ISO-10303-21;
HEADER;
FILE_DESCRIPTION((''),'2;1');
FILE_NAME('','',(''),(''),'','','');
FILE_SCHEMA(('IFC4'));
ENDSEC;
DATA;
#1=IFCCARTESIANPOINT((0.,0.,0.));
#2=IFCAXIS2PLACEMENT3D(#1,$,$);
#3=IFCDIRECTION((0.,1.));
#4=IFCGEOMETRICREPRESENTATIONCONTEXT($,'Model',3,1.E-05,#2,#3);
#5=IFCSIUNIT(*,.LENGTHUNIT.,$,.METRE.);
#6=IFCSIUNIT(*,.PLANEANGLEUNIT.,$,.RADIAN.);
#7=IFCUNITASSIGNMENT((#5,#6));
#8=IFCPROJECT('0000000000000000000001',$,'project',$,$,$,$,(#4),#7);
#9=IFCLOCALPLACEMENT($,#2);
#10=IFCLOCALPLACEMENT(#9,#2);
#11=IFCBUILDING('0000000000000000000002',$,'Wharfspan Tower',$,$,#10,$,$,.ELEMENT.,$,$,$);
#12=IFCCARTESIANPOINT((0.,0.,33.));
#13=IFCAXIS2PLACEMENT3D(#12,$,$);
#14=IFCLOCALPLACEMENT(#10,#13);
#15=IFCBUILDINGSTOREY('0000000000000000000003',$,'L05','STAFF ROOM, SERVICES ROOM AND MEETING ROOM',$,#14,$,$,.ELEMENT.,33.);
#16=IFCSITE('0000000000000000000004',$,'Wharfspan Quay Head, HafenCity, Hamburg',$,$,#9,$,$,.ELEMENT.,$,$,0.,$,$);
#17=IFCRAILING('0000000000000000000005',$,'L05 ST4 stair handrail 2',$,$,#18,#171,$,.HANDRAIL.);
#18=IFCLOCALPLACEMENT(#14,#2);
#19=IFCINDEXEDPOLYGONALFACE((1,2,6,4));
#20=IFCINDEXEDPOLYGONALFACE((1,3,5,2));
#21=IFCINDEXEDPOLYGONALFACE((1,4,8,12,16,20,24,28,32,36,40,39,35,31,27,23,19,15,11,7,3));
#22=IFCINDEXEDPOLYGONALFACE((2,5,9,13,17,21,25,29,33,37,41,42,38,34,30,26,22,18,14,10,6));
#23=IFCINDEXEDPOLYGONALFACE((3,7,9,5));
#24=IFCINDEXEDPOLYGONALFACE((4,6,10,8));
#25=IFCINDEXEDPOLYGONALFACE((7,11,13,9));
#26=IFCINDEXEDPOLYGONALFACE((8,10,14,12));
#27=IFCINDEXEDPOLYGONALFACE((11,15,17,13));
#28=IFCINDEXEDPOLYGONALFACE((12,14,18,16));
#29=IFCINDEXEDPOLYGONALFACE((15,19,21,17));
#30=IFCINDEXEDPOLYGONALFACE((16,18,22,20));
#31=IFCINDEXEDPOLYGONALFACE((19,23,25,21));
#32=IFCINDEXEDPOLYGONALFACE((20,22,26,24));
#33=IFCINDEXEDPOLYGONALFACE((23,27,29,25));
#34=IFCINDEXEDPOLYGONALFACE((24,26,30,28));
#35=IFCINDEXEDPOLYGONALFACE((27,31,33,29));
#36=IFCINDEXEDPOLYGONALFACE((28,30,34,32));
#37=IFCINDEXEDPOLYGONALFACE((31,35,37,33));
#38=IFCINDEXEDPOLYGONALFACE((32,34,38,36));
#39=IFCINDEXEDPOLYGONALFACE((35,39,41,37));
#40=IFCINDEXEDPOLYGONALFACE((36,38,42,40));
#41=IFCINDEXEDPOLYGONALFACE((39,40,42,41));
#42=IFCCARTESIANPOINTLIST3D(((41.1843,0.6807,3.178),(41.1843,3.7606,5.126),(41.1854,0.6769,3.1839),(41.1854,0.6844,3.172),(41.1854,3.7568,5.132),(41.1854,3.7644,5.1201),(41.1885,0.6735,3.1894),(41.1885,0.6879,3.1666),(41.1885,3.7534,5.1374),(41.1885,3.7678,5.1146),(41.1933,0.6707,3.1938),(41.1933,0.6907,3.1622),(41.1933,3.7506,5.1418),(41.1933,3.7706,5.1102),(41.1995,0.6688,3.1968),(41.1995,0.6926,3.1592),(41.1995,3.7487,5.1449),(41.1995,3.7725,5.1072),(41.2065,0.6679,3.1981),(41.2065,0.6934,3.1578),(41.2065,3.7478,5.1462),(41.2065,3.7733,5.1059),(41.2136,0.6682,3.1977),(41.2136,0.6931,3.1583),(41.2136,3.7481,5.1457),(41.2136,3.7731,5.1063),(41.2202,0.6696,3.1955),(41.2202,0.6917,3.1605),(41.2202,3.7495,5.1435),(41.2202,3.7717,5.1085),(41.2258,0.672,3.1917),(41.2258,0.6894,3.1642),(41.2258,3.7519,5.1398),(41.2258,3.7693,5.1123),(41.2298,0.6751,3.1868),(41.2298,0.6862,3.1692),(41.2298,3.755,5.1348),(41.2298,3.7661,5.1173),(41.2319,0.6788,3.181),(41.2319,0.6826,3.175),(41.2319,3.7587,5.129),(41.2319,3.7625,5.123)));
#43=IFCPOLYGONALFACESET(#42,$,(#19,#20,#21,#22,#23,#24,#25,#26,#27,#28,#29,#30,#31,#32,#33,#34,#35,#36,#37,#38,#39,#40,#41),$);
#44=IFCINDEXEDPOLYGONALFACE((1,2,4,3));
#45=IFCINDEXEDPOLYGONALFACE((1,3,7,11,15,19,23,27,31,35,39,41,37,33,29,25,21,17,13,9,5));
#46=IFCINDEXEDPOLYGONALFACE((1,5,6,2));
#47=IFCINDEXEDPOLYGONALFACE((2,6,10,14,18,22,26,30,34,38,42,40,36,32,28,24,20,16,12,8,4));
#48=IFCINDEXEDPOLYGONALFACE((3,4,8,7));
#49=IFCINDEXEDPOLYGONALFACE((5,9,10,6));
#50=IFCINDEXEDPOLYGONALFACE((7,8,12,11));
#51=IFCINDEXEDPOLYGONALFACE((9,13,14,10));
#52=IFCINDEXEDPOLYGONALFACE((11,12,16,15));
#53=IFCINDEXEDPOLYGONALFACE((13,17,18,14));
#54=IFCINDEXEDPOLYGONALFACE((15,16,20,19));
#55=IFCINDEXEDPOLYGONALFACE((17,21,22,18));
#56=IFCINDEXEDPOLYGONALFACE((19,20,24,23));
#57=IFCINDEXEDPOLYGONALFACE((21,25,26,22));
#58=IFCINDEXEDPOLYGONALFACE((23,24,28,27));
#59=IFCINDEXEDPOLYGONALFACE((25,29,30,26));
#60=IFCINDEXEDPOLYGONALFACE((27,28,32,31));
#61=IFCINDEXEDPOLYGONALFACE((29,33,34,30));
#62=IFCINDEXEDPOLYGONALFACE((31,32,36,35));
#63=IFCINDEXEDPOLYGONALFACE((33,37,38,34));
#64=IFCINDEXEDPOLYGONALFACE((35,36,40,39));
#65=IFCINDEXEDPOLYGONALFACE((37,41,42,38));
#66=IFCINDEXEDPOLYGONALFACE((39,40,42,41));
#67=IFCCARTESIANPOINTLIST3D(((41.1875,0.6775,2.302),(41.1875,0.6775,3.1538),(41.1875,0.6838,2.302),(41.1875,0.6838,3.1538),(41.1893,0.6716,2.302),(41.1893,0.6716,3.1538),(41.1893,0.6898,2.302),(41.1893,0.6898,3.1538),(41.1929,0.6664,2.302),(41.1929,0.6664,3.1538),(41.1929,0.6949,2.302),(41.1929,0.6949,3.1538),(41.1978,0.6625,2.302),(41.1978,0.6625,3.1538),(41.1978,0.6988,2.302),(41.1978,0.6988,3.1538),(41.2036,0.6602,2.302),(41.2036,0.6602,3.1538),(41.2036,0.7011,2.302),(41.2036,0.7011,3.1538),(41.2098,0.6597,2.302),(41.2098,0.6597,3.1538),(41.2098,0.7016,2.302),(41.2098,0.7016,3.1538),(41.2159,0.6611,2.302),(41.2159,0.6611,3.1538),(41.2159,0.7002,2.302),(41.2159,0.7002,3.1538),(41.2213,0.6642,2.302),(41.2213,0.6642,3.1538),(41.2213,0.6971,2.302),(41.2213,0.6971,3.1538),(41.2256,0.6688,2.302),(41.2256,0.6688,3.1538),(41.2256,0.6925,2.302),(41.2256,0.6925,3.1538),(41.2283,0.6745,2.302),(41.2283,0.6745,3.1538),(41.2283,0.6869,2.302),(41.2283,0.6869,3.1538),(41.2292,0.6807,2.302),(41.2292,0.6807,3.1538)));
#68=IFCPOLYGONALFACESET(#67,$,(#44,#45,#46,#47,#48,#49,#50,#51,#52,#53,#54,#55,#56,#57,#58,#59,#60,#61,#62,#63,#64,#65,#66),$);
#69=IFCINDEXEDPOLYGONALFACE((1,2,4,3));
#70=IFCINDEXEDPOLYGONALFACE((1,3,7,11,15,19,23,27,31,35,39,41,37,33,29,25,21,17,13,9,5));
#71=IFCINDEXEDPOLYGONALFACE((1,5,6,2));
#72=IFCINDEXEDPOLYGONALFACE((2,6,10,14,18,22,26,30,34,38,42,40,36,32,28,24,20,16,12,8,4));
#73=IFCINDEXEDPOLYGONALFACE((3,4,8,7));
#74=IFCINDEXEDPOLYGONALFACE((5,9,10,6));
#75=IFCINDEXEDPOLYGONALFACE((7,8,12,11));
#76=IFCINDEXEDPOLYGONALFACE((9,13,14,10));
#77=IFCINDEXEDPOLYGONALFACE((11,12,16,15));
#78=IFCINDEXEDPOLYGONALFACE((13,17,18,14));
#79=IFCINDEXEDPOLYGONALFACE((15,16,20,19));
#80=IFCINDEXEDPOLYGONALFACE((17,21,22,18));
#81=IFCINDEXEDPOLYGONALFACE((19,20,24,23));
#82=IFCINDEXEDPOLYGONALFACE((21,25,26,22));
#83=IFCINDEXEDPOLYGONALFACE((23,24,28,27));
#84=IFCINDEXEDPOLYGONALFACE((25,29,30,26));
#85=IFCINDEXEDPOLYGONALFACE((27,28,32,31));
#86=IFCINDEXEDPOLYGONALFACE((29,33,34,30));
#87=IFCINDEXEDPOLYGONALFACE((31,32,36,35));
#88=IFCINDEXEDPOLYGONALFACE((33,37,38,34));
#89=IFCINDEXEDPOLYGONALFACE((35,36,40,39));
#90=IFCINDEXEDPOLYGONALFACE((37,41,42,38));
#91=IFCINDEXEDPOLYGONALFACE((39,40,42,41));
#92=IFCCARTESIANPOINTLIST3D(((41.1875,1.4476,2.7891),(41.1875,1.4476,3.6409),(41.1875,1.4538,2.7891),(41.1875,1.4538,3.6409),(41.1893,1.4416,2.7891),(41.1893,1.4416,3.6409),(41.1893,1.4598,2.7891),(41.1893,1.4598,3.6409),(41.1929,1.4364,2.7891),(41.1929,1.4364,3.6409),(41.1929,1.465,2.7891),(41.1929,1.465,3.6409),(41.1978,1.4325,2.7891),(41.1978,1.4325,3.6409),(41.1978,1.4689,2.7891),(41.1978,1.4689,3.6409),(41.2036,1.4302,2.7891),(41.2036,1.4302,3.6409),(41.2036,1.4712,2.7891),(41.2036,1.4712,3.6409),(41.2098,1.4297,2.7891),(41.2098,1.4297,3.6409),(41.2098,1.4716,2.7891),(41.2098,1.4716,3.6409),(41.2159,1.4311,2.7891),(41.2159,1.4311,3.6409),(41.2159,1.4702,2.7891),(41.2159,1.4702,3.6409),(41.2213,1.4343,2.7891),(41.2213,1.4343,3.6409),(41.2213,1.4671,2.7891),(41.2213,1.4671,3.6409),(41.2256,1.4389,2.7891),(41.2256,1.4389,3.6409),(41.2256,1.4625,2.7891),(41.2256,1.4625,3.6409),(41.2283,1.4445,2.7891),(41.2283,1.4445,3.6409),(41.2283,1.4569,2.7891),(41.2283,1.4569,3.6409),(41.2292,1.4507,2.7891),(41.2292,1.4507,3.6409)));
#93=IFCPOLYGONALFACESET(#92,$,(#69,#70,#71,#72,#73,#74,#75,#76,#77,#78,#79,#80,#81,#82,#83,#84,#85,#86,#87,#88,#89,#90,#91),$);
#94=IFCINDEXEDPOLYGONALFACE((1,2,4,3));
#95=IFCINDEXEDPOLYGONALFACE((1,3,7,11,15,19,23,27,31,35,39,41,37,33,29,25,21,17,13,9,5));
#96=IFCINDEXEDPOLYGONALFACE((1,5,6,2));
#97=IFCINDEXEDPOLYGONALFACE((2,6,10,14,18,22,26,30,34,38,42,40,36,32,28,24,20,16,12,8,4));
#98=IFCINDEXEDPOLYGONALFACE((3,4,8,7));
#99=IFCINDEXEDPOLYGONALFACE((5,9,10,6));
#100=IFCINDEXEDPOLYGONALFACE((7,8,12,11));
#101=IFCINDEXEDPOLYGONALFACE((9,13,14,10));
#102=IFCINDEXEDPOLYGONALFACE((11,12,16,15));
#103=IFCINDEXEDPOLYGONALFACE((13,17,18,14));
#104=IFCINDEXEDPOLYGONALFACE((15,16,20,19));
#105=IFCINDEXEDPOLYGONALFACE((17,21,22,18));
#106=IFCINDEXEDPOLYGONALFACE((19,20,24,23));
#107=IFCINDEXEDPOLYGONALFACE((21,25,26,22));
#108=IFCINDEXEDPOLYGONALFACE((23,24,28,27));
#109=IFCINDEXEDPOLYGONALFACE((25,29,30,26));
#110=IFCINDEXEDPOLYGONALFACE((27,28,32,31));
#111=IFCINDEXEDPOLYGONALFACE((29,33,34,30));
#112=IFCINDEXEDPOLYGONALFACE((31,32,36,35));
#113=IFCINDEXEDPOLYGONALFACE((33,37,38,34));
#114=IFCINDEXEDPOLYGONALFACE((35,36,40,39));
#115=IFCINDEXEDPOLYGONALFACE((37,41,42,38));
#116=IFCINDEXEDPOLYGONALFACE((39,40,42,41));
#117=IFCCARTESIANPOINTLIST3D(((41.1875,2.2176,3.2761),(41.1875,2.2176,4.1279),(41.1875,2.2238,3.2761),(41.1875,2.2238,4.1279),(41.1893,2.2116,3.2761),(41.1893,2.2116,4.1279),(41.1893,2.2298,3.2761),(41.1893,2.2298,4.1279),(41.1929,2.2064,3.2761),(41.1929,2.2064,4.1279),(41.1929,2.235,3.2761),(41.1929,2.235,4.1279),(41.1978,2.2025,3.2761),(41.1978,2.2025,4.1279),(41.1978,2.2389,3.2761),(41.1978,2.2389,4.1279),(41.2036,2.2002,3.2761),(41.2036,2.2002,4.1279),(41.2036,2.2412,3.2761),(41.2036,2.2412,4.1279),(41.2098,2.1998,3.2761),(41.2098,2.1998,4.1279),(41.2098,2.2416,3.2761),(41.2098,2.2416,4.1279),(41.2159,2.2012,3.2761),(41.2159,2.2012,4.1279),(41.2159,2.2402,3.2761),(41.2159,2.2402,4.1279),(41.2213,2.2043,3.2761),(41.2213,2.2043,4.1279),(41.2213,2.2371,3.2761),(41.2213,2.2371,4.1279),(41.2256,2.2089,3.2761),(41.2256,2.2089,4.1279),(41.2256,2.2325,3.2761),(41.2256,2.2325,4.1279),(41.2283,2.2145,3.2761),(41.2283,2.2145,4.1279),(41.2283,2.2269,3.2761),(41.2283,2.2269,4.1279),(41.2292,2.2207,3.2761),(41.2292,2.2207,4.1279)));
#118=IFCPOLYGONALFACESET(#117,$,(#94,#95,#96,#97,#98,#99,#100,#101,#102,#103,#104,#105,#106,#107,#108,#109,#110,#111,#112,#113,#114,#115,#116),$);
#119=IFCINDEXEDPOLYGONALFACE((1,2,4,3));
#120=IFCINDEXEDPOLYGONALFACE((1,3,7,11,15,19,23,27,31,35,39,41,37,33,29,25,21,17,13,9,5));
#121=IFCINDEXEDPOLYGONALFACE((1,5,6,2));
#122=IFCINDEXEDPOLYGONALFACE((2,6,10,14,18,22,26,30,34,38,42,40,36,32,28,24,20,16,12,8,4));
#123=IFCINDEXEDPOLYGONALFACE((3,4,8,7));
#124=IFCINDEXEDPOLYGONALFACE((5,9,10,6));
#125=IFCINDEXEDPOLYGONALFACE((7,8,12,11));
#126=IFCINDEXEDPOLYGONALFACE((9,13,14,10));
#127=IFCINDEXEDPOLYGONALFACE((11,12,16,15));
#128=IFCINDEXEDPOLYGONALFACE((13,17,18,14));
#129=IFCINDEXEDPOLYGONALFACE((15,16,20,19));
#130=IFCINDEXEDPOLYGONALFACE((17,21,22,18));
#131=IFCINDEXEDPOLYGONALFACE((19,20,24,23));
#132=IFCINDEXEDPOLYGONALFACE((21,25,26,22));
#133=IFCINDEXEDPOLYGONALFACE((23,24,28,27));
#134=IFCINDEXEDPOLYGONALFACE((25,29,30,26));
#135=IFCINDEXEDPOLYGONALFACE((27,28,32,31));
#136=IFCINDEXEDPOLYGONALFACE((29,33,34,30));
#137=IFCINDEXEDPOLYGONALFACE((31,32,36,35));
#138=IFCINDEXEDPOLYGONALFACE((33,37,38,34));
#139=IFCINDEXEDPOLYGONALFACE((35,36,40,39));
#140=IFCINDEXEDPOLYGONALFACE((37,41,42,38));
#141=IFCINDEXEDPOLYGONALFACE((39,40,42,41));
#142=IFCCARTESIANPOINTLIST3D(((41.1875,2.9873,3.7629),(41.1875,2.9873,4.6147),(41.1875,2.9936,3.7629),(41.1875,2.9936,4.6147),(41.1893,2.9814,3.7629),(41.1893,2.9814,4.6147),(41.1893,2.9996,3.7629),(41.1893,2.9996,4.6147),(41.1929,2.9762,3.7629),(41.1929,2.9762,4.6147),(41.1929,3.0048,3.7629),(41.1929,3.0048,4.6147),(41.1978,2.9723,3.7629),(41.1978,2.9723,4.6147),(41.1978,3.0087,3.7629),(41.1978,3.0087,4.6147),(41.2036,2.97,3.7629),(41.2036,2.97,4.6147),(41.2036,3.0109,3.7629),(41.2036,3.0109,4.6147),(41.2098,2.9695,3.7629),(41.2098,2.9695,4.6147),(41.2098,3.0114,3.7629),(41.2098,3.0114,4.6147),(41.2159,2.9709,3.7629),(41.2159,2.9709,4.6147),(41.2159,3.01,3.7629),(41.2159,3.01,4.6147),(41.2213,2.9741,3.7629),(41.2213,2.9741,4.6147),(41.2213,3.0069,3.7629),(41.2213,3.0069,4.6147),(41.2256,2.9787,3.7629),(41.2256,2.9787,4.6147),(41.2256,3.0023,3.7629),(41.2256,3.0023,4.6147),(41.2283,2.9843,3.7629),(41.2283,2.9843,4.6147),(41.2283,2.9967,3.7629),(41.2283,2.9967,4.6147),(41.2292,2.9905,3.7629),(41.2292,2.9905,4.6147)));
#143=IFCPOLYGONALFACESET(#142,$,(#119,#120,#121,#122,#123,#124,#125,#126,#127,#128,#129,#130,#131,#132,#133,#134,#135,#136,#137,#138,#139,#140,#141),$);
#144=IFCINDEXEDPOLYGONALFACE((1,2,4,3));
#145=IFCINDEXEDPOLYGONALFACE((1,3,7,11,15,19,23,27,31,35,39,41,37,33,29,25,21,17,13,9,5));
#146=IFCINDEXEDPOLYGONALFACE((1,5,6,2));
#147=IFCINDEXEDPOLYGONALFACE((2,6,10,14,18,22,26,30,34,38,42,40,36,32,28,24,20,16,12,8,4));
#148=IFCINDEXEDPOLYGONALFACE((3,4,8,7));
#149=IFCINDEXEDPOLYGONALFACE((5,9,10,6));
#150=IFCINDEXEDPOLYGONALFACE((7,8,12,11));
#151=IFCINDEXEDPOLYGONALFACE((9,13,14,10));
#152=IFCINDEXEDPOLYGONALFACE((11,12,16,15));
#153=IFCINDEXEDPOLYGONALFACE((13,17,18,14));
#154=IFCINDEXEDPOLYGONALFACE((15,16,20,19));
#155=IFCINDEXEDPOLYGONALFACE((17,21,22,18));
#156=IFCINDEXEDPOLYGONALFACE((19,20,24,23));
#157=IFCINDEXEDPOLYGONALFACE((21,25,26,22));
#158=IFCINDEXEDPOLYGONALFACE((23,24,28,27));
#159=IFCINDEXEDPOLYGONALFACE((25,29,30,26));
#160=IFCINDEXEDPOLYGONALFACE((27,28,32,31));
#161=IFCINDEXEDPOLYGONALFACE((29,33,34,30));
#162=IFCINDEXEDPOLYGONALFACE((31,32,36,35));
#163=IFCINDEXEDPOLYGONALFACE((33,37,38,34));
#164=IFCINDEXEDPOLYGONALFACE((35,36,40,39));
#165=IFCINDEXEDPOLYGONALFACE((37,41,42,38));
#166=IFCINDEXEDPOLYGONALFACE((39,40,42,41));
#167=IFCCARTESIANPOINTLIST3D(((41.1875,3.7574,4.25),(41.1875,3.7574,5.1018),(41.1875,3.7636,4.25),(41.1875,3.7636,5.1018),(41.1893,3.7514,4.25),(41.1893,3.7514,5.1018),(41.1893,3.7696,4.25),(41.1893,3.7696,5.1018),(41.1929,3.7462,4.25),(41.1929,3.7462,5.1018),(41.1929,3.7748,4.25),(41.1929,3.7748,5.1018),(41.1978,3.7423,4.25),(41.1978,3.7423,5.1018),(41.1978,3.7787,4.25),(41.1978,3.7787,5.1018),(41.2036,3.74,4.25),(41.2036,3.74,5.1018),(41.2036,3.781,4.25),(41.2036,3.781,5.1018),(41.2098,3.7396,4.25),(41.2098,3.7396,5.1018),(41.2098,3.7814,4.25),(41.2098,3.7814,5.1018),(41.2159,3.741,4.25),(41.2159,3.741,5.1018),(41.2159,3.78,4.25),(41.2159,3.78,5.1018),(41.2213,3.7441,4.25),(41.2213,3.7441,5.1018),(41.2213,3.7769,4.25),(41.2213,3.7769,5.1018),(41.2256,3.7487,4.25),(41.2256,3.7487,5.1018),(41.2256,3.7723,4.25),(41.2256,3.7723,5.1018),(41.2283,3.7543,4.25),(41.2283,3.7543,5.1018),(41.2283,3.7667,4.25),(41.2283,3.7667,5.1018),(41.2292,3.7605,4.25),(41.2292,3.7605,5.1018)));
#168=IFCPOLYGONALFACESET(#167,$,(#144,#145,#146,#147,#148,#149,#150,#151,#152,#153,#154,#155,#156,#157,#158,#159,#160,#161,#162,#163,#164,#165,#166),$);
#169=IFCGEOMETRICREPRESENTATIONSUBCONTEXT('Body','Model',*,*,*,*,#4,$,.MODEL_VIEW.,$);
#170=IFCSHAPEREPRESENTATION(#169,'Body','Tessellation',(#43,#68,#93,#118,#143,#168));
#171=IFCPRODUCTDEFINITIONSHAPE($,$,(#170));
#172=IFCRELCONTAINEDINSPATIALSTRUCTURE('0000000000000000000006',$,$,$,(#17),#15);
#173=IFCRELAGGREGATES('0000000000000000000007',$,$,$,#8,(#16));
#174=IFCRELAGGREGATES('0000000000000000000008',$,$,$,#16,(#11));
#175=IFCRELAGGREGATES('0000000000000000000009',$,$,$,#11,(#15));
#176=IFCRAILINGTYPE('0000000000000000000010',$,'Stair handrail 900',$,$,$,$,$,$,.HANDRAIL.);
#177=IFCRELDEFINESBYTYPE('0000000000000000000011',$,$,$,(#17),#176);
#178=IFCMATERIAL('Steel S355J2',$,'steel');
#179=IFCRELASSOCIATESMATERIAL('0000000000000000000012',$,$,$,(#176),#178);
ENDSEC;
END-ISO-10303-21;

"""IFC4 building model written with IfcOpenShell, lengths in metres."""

from ifc_helpers import new_model, si_unit, direction, frame, origin, origin_2d, place, context, subcontext, project, spatial, circle, extrude, material, type_object, element, save


model = new_model("IFC4")

# Units and contexts
model_context = context("Model", 3, precision=1e-05, world=origin(), true_north=direction((0.0, 1.0)))
body_context = subcontext(model_context, "Body", "Model", "MODEL_VIEW")
ifc_project = project(units=[si_unit("LENGTHUNIT", "METRE"), si_unit("PLANEANGLEUNIT", "RADIAN")], contexts=[model_context])

# Site, building, storey
site_placement = place(None, origin())
site = spatial("IfcSite", under=ifc_project, at=site_placement, Name="Wharfspan Quay Head, HafenCity, Hamburg", CompositionType="ELEMENT", RefElevation=0.0)
building_placement = place(site_placement, origin())
building = spatial("IfcBuilding", under=site, at=building_placement, Name="Wharfspan Tower", CompositionType="ELEMENT")
storey_placement = place(building_placement, frame((0.0, 0.0, 33.0)))
storey = spatial("IfcBuildingStorey", under=building, at=storey_placement, Name="L05", Description="STAFF ROOM, SERVICES ROOM AND MEETING ROOM", CompositionType="ELEMENT", Elevation=33.0)

# Railing
ifc_material_1 = material(Name="Steel S355J2", Category="steel")
railing_type_1 = type_object("IfcRailingType", Name="Stair handrail 900", PredefinedType="HANDRAIL", material=ifc_material_1)
railing_1_placement = place(storey_placement, frame((41.2083, 0.6807, 2.302)))
element("IfcRailing", 1, at=railing_1_placement, inside=storey, type_object=railing_type_1, Name="L05 ST4 stair handrail 2", PredefinedType="HANDRAIL", context=body_context, shape_type="SweptSolid", body=[
    extrude(circle(Radius=0.0239, at=origin_2d()), frame((0.0, 0.0, 0.876), z_axis=(0.0, 0.845137, 0.53455), x_axis=(-1.0, 0.0, 0.0)), (0.0, 0.0, 1.0), 3.6443),
    extrude(circle(Radius=0.021, at=origin_2d()), origin(), (0.0, 0.0, 1.0), 0.8518),
    extrude(circle(Radius=0.021, at=origin_2d()), frame((0.0, 0.77, 0.4871)), (0.0, 0.0, 1.0), 0.8518),
    extrude(circle(Radius=0.021, at=origin_2d()), frame((0.0, 1.54, 0.9741)), (0.0, 0.0, 1.0), 0.8518),
    extrude(circle(Radius=0.021, at=origin_2d()), frame((0.0, 2.3098, 1.4609)), (0.0, 0.0, 1.0), 0.8518),
    extrude(circle(Radius=0.021, at=origin_2d()), frame((0.0, 3.0798, 1.948)), (0.0, 0.0, 1.0), 0.8518),
])

save(model, "model.ifc")
